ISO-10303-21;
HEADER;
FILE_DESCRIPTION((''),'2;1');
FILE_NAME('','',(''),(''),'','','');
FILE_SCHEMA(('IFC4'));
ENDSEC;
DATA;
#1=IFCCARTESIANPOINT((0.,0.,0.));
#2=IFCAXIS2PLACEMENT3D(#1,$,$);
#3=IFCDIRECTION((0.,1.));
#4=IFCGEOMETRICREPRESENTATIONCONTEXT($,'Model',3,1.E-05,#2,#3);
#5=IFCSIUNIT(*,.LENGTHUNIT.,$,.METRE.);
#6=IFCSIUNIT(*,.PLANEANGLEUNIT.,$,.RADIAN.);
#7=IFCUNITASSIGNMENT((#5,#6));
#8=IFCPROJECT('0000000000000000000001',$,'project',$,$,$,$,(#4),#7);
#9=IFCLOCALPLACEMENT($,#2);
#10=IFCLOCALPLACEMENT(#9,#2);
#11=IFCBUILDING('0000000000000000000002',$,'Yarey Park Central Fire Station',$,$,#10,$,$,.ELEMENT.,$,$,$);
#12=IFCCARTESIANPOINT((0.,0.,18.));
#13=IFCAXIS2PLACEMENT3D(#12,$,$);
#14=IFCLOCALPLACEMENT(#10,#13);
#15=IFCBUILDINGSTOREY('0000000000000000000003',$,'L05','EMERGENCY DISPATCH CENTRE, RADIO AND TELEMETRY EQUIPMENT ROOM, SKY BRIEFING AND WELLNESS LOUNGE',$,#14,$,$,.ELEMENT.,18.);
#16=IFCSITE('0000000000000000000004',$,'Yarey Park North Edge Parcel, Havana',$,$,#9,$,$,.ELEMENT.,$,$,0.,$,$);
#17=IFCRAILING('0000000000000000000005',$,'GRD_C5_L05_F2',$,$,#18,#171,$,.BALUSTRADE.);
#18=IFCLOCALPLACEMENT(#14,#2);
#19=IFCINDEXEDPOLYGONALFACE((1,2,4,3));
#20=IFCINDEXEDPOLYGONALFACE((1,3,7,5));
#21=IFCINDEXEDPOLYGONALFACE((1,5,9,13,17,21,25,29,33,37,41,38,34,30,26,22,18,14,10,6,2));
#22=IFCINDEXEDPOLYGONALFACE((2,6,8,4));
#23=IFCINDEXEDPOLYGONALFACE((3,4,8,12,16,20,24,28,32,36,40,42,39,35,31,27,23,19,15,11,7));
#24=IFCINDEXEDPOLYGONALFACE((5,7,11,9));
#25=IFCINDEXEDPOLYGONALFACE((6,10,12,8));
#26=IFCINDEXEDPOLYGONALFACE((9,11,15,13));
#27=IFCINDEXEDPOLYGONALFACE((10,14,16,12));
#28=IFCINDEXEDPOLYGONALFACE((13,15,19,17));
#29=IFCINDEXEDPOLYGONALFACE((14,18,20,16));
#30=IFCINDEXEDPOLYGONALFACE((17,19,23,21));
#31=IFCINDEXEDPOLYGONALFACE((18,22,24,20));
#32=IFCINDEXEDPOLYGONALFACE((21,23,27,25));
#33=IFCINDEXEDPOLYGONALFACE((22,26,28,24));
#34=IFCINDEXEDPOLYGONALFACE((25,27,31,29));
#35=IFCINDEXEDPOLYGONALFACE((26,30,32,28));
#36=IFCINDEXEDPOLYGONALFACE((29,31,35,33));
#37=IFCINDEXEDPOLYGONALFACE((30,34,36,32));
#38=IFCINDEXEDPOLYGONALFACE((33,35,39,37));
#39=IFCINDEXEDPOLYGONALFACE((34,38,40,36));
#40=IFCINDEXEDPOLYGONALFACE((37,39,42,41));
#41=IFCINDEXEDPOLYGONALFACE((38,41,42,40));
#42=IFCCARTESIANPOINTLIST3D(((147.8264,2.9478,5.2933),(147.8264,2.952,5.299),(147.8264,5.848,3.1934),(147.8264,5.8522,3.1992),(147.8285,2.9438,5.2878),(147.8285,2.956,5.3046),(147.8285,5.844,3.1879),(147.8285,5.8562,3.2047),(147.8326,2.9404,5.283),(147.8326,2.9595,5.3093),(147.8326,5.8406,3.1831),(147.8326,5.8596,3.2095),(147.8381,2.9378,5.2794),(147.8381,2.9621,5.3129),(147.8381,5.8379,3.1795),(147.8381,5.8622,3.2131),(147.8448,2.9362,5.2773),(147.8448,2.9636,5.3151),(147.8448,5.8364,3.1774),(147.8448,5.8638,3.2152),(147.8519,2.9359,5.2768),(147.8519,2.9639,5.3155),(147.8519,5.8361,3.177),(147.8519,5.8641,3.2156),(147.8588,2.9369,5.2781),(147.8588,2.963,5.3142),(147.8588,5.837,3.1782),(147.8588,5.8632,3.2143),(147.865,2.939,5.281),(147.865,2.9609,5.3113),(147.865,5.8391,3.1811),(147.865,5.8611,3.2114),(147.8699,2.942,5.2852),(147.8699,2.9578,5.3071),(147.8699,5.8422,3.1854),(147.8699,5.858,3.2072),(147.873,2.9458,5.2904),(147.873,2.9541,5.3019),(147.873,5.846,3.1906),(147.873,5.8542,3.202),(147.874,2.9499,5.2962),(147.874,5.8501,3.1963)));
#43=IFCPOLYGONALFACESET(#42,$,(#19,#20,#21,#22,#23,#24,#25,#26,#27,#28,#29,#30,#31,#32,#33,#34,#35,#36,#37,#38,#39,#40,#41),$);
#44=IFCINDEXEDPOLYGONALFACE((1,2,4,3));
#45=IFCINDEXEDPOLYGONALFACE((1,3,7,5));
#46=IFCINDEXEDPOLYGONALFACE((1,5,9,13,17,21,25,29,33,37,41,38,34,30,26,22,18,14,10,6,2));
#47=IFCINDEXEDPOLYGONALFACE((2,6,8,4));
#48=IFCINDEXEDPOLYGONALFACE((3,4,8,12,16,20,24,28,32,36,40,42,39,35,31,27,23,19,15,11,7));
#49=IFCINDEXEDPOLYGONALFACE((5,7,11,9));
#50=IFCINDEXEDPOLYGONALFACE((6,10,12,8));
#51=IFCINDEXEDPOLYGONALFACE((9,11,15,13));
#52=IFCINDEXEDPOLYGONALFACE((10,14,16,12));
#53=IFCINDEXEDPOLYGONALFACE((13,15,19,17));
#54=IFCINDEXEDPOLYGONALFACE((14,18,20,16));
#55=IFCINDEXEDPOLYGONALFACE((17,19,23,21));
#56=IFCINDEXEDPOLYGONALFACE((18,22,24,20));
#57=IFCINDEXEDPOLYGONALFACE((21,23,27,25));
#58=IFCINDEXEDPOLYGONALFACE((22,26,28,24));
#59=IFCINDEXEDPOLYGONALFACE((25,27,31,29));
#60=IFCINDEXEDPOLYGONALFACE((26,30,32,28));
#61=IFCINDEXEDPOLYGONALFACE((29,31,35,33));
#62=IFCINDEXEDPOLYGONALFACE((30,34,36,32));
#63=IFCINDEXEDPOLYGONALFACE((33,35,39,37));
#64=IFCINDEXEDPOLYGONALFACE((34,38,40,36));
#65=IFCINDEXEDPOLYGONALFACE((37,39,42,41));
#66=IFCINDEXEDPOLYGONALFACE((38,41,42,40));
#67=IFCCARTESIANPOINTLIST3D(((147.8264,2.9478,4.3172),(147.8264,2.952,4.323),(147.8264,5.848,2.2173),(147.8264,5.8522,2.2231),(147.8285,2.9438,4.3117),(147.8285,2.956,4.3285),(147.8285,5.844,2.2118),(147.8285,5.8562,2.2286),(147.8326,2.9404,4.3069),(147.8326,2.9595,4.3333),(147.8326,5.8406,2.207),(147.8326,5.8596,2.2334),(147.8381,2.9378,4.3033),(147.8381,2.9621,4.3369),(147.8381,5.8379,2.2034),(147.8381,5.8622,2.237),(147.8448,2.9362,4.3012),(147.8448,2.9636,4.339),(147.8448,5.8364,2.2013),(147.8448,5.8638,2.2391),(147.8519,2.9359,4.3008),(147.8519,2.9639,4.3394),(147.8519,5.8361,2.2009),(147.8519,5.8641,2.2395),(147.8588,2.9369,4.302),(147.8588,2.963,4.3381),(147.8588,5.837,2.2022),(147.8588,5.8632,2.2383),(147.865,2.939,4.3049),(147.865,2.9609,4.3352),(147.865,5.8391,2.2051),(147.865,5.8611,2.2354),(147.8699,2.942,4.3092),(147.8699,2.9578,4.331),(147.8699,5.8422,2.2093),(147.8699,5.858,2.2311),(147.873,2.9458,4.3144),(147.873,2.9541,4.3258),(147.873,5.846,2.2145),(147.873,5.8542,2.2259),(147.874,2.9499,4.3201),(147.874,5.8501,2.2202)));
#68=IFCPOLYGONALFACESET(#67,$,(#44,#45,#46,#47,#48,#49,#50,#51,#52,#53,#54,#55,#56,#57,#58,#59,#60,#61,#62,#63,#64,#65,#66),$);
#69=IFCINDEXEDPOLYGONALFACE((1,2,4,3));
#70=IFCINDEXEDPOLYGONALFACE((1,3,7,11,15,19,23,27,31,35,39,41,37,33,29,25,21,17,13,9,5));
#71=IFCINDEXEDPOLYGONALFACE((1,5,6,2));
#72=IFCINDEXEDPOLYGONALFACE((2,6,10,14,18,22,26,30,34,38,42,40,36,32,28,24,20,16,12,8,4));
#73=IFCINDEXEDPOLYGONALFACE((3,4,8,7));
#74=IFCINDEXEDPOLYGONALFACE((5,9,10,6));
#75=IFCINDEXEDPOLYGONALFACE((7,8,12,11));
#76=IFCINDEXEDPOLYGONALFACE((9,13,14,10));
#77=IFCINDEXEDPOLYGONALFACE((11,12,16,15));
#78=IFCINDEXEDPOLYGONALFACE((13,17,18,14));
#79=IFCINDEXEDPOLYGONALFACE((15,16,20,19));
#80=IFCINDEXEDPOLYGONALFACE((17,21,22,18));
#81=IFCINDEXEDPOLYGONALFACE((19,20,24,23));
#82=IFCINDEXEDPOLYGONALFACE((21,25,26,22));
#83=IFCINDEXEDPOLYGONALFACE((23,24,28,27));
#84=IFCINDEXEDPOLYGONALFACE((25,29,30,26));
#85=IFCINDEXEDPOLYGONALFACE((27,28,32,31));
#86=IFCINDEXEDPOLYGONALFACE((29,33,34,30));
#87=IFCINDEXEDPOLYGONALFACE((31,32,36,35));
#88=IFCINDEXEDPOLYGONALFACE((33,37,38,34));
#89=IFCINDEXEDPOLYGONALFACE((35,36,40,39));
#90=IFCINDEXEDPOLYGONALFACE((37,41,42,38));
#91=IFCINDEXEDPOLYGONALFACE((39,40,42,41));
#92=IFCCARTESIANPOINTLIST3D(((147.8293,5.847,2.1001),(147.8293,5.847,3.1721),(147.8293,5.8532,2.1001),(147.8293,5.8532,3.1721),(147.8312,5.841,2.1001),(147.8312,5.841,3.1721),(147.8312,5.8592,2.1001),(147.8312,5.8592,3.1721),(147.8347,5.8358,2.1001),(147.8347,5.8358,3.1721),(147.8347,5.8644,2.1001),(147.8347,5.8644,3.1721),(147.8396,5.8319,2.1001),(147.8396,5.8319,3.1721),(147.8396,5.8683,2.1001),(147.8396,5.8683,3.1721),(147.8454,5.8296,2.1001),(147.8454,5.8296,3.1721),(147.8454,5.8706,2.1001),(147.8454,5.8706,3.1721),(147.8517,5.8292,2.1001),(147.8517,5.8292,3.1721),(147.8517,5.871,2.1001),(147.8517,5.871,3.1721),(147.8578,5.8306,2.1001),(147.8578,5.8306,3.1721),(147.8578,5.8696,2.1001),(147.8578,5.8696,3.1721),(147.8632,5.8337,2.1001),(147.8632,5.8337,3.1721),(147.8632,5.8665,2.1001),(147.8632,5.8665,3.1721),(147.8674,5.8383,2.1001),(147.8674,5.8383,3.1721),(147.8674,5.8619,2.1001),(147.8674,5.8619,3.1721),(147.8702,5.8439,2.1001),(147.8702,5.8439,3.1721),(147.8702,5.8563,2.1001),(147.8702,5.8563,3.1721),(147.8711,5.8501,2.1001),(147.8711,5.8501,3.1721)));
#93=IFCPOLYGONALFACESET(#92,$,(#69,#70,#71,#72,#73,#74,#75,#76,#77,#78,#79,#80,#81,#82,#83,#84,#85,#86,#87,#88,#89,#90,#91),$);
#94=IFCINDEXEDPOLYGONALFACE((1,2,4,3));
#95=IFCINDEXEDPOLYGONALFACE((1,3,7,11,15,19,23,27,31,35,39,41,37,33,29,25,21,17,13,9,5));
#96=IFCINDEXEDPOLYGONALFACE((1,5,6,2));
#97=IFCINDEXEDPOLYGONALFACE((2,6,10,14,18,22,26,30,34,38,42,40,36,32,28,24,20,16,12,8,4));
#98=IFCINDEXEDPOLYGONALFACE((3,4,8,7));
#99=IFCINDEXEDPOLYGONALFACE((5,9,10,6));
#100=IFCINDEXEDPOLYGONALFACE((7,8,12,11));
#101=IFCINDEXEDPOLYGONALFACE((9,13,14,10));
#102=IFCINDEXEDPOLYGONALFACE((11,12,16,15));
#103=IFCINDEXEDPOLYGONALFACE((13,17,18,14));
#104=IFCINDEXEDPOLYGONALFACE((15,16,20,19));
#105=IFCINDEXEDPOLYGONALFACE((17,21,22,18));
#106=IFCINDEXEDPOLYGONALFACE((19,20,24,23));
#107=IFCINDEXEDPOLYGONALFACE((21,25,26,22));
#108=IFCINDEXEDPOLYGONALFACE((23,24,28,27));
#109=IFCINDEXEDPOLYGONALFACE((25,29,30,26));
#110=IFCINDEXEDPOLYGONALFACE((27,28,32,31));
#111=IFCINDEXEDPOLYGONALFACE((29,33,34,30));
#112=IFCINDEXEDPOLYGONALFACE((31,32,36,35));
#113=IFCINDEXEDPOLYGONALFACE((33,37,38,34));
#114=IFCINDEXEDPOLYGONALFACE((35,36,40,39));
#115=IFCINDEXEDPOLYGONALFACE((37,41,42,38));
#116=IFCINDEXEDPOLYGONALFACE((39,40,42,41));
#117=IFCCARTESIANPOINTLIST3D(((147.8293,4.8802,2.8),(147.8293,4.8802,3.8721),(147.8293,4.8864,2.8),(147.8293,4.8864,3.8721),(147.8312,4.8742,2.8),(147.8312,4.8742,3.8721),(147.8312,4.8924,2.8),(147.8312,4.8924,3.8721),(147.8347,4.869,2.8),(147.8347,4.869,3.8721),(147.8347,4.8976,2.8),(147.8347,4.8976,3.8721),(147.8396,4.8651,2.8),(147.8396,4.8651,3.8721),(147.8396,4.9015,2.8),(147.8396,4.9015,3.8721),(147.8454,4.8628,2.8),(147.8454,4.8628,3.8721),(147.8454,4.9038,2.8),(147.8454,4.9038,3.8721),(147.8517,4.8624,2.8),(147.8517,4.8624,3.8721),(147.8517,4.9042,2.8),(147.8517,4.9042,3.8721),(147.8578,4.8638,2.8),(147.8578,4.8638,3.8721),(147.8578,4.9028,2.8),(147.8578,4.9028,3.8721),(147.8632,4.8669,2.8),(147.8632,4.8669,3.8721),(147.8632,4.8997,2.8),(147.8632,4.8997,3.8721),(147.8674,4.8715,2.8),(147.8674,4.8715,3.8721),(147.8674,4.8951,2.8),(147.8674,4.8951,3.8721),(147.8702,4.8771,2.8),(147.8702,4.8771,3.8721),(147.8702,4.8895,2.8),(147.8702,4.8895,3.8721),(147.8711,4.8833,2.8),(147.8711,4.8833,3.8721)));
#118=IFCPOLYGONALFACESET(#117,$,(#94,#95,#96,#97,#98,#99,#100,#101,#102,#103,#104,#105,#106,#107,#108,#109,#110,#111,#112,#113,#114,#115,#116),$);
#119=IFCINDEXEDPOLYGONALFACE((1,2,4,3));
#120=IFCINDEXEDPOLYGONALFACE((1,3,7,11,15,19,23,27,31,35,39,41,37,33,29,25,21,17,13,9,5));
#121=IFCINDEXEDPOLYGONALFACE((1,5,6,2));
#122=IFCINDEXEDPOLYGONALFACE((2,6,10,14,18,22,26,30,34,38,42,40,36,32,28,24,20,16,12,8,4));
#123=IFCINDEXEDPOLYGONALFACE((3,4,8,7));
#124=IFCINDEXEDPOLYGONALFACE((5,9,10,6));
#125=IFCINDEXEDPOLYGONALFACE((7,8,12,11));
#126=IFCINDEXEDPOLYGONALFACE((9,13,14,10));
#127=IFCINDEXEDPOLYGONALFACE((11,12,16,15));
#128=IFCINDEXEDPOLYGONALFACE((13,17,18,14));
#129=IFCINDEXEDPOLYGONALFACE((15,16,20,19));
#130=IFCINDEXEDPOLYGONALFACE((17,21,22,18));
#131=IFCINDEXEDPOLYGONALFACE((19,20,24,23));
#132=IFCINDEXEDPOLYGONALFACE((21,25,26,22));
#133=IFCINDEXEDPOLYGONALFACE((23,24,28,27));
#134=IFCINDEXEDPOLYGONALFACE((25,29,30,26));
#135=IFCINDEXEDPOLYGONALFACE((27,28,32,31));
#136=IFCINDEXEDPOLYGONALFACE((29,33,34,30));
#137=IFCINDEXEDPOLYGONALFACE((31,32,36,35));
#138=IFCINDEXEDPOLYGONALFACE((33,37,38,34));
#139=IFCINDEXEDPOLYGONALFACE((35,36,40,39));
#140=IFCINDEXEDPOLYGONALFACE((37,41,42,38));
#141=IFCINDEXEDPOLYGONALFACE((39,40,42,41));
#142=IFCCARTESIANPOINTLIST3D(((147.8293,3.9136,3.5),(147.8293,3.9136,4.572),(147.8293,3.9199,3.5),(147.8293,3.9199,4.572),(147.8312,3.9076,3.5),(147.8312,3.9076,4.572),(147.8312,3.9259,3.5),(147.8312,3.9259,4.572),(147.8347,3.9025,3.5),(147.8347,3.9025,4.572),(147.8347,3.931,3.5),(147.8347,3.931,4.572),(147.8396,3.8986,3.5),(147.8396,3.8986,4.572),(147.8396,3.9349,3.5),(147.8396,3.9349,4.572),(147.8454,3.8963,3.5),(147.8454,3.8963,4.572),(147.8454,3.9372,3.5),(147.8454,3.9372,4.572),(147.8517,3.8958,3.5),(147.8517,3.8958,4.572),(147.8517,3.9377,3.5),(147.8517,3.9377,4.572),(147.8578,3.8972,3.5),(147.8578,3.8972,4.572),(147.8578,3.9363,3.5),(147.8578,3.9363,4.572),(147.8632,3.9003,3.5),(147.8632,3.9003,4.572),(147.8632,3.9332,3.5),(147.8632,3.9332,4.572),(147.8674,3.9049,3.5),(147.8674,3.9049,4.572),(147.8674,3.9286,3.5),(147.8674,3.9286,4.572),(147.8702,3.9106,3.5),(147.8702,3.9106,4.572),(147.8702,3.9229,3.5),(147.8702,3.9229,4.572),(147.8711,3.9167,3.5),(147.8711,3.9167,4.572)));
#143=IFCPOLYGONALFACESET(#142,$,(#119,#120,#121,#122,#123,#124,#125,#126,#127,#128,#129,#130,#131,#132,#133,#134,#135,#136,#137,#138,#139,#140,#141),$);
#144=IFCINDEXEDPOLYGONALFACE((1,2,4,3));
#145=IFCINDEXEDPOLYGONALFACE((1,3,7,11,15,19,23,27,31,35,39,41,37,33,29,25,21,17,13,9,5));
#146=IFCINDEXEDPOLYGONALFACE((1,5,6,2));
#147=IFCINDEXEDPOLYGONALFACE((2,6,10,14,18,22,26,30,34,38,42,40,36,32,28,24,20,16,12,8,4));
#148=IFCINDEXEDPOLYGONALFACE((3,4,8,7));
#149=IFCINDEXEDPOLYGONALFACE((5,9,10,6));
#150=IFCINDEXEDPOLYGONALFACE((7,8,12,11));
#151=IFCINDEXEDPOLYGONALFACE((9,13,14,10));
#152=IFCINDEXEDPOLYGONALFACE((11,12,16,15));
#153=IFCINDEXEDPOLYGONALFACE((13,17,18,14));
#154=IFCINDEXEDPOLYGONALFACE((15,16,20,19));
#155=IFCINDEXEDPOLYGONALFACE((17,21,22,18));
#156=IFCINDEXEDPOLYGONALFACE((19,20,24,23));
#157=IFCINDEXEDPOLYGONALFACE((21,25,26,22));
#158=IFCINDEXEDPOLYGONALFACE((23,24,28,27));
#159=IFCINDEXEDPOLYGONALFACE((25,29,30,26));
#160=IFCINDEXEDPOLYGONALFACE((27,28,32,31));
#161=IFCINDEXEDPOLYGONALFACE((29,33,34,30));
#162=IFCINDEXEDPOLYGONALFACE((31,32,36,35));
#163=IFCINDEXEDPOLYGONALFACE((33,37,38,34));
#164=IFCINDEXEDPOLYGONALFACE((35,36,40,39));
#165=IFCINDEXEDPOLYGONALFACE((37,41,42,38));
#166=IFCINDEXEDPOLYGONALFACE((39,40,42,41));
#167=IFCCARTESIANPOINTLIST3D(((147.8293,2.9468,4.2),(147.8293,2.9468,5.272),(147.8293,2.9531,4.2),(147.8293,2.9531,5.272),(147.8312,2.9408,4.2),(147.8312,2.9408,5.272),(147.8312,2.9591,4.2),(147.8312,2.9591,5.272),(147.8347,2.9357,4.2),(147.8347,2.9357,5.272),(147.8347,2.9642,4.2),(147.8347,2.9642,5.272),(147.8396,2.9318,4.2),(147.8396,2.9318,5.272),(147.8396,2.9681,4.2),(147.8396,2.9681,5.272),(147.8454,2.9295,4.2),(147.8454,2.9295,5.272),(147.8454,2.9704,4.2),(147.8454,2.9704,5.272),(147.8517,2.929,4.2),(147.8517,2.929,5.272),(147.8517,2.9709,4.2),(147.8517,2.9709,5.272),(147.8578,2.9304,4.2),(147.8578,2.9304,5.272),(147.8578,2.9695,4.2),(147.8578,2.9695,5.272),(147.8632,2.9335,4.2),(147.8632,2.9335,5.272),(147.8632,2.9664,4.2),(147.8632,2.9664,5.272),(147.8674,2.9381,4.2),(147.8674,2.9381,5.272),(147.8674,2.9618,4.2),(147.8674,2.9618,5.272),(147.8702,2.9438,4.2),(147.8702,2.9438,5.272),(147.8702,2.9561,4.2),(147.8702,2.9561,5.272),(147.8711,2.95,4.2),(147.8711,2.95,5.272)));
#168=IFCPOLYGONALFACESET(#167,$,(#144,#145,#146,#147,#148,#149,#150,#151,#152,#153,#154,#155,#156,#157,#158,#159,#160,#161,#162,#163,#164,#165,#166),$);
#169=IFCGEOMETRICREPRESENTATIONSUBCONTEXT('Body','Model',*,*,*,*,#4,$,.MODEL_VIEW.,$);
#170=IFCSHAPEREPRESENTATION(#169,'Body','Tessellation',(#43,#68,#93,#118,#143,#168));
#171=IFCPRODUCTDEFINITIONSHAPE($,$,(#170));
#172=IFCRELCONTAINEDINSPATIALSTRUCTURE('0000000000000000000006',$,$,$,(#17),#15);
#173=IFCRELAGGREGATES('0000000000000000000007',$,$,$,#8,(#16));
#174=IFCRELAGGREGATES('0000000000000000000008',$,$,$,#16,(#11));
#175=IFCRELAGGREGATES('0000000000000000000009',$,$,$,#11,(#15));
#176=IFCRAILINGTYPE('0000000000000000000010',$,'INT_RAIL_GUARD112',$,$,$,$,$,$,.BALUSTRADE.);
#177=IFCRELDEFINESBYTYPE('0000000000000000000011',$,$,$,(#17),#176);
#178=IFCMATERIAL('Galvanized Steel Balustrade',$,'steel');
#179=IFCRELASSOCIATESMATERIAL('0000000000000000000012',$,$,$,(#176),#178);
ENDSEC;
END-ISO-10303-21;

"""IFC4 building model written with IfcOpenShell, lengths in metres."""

from ifc_helpers import new_model, si_unit, direction, frame, origin, origin_2d, place, context, subcontext, project, spatial, circle, extrude, material, type_object, element, save


model = new_model("IFC4")

# Units and contexts
model_context = context("Model", 3, precision=1e-05, world=origin(), true_north=direction((0.0, 1.0)))
body_context = subcontext(model_context, "Body", "Model", "MODEL_VIEW")
ifc_project = project(units=[si_unit("LENGTHUNIT", "METRE"), si_unit("PLANEANGLEUNIT", "RADIAN")], contexts=[model_context])

# Site, building, storey
site_placement = place(None, origin())
site = spatial("IfcSite", under=ifc_project, at=site_placement, Name="Yarey Park North Edge Parcel, Havana", CompositionType="ELEMENT", RefElevation=0.0)
building_placement = place(site_placement, origin())
building = spatial("IfcBuilding", under=site, at=building_placement, Name="Yarey Park Central Fire Station", CompositionType="ELEMENT")
storey_placement = place(building_placement, frame((0.0, 0.0, 18.0)))
storey = spatial("IfcBuildingStorey", under=building, at=storey_placement, Name="L05", Description="EMERGENCY DISPATCH CENTRE, RADIO AND TELEMETRY EQUIPMENT ROOM, SKY BRIEFING AND WELLNESS LOUNGE", CompositionType="ELEMENT", Elevation=18.0)

# Railing
ifc_material_1 = material(Name="Galvanized Steel Balustrade", Category="steel")
railing_type_1 = type_object("IfcRailingType", Name="INT_RAIL_GUARD112", PredefinedType="BALUSTRADE", material=ifc_material_1)
railing_1_placement = place(storey_placement, frame((147.8501, 5.8501, 2.1001)))
element("IfcRailing", 1, at=railing_1_placement, inside=storey, type_object=railing_type_1, Name="GRD_C5_L05_F2", PredefinedType="BALUSTRADE", context=body_context, shape_type="SweptSolid", body=[
    extrude(circle(Radius=0.0239, at=origin_2d()), frame((0.0, 0.0, 1.0962), z_axis=(0.0, -0.809976, 0.586464), x_axis=(1.0, 0.0, 0.0)), (0.0, 0.0, 1.0), 3.5806),
    extrude(circle(Radius=0.0239, at=origin_2d()), frame((0.0, 0.0, 0.1201), z_axis=(0.0, -0.809976, 0.586464), x_axis=(1.0, 0.0, 0.0)), (0.0, 0.0, 1.0), 3.5806),
    extrude(circle(Radius=0.021, at=origin_2d()), origin(), (0.0, 0.0, 1.0), 1.072),
    extrude(circle(Radius=0.021, at=origin_2d()), frame((0.0, -0.9668, 0.7)), (0.0, 0.0, 1.0), 1.072),
    extrude(circle(Radius=0.021, at=origin_2d()), frame((0.0, -1.9333, 1.3999)), (0.0, 0.0, 1.0), 1.072),
    extrude(circle(Radius=0.021, at=origin_2d()), frame((0.0, -2.9001, 2.0999)), (0.0, 0.0, 1.0), 1.072),
])

save(model, "model.ifc")
